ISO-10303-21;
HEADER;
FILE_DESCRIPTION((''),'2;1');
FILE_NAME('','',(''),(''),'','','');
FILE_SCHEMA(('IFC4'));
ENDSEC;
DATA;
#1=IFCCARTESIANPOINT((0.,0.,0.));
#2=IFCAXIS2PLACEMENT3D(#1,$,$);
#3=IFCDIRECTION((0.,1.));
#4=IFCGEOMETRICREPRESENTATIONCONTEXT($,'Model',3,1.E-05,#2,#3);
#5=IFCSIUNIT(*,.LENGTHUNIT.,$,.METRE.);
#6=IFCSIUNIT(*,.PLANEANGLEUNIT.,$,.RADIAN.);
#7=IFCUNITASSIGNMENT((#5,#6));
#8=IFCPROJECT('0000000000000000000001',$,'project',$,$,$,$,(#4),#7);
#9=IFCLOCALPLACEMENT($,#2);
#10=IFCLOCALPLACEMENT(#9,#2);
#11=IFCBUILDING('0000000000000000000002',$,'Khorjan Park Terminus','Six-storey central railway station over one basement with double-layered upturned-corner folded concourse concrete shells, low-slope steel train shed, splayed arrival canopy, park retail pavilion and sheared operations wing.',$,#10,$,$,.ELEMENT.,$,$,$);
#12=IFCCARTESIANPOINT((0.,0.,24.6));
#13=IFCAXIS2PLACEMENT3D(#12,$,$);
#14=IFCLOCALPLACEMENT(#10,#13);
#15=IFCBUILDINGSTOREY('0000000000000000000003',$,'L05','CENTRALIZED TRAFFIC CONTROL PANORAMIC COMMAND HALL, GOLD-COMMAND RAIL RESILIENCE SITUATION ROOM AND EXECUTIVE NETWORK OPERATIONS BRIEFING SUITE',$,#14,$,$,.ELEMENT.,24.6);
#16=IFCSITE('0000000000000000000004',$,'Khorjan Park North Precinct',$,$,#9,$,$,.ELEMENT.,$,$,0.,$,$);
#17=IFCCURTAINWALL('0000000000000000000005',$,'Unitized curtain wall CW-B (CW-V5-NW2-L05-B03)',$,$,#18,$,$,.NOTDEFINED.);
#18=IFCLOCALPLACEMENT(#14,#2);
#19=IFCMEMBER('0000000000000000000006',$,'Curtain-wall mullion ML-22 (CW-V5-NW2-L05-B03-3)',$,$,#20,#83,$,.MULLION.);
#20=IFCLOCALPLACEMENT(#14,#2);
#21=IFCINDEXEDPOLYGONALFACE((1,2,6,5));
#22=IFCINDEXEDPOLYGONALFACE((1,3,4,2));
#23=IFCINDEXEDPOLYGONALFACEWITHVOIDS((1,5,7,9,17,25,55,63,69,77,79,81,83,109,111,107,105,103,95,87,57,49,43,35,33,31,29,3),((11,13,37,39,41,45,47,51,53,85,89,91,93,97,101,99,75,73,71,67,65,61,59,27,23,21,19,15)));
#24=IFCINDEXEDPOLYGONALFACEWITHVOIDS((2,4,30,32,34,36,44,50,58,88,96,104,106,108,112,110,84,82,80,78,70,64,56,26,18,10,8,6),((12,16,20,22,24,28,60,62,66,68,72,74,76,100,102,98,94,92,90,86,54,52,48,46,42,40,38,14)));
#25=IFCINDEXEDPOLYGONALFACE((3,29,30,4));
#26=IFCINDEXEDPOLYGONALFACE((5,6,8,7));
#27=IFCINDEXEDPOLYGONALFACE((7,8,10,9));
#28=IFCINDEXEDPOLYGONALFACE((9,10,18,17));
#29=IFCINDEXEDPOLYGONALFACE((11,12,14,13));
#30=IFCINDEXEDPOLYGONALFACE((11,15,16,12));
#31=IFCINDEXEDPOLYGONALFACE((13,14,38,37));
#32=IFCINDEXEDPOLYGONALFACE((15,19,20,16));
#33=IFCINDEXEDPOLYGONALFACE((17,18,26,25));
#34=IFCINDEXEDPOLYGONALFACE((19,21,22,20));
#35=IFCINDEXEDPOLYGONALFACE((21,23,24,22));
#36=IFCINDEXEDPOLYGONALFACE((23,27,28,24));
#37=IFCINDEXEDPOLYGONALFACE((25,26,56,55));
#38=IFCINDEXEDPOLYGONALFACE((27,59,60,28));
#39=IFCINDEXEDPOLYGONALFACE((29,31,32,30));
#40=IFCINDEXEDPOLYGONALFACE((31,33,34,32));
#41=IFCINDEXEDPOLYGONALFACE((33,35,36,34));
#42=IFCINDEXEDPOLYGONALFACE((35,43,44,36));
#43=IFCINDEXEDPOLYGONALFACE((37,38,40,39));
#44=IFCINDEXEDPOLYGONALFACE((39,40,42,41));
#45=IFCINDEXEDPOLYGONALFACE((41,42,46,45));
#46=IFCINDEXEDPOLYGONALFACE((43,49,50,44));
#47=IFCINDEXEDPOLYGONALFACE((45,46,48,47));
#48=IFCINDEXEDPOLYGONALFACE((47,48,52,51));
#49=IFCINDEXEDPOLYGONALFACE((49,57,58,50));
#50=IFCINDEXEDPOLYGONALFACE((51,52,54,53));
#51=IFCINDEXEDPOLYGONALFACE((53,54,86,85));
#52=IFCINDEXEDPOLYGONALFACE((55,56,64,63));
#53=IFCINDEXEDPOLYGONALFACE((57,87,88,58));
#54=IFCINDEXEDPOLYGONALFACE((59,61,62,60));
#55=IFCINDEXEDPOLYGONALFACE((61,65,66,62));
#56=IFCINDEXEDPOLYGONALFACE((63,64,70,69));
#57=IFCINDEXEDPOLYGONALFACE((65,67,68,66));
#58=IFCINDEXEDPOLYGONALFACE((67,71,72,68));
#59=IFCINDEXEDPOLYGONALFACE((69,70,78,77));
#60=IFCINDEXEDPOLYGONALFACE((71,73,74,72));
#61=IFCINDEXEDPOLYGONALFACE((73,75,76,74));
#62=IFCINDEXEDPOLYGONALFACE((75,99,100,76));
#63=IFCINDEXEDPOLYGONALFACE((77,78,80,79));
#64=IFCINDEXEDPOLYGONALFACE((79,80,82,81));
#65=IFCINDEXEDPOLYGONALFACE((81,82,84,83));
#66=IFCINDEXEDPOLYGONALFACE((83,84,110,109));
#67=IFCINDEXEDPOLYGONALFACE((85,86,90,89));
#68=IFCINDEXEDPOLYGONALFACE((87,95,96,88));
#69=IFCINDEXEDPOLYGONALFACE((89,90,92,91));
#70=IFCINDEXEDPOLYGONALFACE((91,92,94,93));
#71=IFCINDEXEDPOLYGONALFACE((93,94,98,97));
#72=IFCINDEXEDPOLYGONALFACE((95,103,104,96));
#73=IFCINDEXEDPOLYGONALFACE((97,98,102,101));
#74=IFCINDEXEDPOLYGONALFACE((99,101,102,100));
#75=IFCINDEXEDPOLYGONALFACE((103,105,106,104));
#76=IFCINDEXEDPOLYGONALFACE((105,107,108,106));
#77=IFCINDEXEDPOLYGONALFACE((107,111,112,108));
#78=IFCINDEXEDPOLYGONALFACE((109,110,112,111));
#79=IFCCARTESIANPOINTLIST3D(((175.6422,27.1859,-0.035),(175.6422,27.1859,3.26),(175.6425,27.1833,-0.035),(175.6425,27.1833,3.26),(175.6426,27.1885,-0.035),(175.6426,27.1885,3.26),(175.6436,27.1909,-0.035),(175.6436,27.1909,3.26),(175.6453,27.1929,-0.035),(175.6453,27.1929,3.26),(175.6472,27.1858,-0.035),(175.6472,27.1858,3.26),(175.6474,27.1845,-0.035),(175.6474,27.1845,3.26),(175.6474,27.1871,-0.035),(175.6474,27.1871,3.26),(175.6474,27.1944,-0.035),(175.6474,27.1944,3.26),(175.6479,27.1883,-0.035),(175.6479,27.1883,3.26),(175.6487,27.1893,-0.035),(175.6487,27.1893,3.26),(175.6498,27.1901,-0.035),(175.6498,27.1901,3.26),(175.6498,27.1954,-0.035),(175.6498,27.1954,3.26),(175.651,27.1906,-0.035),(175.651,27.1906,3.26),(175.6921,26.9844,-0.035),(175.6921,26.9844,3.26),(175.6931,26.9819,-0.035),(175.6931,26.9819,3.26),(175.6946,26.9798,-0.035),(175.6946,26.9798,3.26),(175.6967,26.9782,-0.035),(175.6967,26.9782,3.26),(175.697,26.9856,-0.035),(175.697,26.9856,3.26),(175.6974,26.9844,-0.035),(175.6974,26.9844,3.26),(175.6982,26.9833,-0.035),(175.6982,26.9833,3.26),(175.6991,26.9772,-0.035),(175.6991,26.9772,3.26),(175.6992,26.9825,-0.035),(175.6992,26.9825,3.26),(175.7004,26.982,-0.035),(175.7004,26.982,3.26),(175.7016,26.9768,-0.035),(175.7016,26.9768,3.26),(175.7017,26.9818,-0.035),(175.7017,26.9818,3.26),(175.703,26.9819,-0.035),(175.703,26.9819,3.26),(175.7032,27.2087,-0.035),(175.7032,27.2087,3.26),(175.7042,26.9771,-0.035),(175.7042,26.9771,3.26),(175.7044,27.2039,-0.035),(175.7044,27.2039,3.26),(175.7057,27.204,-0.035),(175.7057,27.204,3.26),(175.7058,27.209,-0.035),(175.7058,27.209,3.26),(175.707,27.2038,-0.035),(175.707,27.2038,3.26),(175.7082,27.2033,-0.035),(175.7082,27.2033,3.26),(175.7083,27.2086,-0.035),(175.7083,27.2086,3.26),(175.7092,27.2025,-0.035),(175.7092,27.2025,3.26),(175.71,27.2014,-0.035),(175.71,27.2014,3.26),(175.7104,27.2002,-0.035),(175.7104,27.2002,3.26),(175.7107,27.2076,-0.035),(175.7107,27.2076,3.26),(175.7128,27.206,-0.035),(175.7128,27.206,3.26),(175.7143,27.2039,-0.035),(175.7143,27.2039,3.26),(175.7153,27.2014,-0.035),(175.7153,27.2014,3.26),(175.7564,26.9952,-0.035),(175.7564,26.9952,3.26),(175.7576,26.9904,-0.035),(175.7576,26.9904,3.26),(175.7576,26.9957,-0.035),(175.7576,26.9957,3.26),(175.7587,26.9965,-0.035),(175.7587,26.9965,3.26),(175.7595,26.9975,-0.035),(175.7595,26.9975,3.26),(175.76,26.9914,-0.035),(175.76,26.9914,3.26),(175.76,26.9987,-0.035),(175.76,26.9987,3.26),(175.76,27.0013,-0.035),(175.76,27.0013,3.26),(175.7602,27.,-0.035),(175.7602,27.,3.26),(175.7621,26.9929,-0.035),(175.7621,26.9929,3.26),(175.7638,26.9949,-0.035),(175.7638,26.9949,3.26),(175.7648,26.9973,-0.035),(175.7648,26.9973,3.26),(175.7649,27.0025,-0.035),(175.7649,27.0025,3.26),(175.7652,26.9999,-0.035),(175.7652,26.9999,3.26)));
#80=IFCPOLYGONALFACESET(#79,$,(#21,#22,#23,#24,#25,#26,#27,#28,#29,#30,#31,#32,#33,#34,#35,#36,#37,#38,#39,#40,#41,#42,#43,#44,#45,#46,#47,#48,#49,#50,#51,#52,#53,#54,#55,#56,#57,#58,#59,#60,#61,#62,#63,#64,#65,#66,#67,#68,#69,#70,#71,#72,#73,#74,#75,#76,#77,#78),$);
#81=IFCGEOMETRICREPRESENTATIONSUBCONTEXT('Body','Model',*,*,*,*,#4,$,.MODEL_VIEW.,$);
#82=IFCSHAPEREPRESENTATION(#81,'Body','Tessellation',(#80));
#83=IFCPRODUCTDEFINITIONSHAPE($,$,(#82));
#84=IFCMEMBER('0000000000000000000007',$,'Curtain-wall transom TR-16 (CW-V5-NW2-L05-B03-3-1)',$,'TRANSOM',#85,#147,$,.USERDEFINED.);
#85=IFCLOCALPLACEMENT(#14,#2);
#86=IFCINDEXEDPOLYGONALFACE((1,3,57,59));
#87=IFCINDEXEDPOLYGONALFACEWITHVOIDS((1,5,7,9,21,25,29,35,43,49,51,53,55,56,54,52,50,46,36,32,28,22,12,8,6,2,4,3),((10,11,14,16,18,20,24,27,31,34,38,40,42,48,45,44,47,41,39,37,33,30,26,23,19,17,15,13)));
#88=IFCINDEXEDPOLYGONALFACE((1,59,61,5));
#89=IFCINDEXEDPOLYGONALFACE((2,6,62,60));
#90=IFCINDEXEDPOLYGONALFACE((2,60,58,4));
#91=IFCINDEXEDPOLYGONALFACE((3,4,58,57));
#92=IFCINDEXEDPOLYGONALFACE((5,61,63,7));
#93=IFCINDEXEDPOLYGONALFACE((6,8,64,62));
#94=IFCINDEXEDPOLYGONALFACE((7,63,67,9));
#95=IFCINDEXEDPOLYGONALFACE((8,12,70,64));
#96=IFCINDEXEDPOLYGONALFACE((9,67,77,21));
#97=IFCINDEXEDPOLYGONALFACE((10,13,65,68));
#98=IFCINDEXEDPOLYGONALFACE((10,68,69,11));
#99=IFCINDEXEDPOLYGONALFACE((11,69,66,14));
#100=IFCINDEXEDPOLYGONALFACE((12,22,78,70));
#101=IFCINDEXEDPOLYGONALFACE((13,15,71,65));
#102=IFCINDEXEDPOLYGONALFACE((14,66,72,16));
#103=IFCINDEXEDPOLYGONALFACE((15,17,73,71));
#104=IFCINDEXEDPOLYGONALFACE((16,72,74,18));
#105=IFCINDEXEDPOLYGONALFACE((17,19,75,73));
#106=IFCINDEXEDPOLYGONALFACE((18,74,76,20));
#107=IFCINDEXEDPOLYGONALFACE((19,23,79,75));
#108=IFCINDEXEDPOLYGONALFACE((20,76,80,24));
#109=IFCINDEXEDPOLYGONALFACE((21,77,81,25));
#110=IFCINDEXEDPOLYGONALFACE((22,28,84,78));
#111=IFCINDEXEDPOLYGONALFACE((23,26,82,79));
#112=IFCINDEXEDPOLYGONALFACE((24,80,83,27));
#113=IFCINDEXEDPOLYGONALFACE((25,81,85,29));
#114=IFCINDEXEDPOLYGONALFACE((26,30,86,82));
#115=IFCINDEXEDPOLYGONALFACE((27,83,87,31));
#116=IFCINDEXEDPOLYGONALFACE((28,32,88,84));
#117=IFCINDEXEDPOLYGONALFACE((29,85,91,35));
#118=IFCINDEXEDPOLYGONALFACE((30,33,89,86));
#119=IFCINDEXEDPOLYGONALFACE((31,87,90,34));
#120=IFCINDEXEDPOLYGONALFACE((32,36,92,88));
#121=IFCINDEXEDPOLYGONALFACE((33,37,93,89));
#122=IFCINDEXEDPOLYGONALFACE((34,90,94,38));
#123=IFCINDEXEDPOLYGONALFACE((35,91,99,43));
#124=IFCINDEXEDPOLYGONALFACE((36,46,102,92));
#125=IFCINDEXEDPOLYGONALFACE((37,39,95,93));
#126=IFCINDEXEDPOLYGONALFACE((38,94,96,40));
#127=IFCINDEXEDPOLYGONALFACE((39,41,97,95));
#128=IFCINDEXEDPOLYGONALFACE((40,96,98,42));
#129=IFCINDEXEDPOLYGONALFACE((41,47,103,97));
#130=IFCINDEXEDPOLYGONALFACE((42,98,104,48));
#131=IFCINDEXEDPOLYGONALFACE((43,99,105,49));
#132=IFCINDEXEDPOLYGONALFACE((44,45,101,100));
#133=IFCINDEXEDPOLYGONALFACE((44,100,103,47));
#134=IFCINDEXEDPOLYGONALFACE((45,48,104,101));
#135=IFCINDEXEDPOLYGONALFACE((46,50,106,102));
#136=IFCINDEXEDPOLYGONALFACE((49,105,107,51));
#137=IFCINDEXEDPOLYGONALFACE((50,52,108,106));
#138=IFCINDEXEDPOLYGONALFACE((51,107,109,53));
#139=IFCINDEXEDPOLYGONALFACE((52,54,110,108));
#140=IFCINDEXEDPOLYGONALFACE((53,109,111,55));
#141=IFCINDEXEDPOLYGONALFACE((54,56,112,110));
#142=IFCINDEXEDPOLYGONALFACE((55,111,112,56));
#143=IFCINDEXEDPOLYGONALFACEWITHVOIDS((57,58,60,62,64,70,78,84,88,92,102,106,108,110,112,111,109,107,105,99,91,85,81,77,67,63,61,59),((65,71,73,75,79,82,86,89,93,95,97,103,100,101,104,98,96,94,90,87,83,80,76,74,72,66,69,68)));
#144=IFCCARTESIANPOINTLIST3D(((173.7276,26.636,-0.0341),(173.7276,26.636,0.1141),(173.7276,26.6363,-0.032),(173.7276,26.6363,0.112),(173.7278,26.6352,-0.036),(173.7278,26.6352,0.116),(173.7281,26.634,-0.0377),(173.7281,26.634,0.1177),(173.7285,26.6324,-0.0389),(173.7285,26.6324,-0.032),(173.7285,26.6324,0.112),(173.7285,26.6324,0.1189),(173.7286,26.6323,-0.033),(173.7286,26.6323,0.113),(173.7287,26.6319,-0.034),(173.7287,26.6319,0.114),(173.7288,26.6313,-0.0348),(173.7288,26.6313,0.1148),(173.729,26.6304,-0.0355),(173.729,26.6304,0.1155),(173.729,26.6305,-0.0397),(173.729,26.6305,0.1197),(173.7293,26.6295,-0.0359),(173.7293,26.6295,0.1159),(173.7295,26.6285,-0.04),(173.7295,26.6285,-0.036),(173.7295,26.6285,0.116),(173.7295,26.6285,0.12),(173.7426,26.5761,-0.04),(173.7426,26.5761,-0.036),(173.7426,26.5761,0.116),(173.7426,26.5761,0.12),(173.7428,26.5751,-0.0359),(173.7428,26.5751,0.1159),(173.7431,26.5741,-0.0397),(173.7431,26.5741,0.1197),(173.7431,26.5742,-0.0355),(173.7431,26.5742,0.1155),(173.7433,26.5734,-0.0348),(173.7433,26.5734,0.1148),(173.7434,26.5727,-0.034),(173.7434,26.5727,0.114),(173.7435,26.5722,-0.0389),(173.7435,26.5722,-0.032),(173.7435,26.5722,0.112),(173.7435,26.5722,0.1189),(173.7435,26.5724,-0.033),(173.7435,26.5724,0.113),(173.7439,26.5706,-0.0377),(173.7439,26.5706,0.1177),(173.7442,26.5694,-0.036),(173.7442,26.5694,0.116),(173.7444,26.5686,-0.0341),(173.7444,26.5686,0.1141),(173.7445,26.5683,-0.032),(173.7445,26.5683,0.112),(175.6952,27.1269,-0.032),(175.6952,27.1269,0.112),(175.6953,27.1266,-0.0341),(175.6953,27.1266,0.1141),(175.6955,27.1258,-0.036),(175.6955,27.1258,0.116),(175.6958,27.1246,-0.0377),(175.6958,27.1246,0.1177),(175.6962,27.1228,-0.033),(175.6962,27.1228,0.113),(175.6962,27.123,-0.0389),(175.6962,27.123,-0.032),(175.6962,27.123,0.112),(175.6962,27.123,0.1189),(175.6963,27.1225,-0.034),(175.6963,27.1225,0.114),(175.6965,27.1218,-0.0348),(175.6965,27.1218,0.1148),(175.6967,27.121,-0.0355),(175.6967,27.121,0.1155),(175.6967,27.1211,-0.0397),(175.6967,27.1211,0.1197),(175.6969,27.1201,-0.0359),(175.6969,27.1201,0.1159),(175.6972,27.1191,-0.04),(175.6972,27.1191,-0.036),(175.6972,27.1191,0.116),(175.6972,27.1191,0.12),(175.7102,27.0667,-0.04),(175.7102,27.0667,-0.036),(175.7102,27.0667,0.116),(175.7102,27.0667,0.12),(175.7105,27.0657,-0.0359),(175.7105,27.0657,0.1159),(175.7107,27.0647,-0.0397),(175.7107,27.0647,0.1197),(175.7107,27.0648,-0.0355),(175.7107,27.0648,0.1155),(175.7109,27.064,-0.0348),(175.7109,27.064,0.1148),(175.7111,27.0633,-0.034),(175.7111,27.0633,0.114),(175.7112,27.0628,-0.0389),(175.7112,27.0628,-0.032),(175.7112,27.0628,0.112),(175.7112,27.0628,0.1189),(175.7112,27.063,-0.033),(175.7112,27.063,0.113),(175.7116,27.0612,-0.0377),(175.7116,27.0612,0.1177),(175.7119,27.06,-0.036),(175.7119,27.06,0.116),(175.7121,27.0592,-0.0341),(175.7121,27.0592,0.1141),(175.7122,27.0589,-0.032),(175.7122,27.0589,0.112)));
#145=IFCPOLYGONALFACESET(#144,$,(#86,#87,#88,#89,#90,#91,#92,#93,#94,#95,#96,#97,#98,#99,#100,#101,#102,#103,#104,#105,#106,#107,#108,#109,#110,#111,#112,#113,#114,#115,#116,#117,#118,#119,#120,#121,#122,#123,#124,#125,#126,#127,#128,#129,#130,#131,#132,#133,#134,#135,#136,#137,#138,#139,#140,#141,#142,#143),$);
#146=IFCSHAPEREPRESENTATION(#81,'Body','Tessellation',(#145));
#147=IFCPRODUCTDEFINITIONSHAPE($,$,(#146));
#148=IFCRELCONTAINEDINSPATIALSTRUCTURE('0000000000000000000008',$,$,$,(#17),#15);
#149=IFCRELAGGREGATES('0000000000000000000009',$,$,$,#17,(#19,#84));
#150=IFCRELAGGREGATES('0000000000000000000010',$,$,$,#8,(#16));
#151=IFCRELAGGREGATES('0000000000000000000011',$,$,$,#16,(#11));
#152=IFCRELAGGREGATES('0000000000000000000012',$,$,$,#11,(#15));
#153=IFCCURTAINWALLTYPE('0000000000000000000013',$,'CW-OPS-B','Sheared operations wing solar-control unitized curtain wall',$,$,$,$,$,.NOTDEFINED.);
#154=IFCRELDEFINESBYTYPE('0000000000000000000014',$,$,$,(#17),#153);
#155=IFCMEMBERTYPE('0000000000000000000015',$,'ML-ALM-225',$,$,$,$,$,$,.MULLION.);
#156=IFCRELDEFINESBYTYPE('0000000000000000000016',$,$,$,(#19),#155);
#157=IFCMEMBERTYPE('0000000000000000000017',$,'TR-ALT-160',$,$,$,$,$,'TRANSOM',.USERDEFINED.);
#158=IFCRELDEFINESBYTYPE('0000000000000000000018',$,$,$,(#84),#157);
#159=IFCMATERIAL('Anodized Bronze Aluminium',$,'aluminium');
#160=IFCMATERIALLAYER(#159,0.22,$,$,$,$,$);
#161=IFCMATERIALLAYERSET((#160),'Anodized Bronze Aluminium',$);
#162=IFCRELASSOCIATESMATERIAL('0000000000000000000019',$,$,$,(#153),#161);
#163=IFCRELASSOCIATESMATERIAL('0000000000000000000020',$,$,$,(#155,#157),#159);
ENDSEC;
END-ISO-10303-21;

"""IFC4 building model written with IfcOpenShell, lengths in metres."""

from ifc_helpers import new_model, si_unit, direction, frame, origin, origin_2d, place, context, subcontext, project, spatial, hollow_rectangle, extrude, material, layer, layer_set, material_profile, profile_set, type_object, element, aggregate, save


model = new_model("IFC4")

# Units and contexts
model_context = context("Model", 3, precision=1e-05, world=origin(), true_north=direction((0.0, 1.0)))
body_context = subcontext(model_context, "Body", "Model", "MODEL_VIEW")
ifc_project = project(units=[si_unit("LENGTHUNIT", "METRE"), si_unit("PLANEANGLEUNIT", "RADIAN")], contexts=[model_context])

# Site, building, storey
site_placement = place(None, origin())
site = spatial("IfcSite", under=ifc_project, at=site_placement, Name="Khorjan Park North Precinct", CompositionType="ELEMENT", RefElevation=0.0)
building_placement = place(site_placement, origin())
building = spatial("IfcBuilding", under=site, at=building_placement, Name="Khorjan Park Terminus", Description="Six-storey central railway station over one basement with double-layered upturned-corner folded concourse concrete shells, low-slope steel train shed, splayed arrival canopy, park retail pavilion and sheared operations wing.", CompositionType="ELEMENT")
storey_placement = place(building_placement, frame((0.0, 0.0, 24.6)))
storey = spatial("IfcBuildingStorey", under=building, at=storey_placement, Name="L05", Description="CENTRALIZED TRAFFIC CONTROL PANORAMIC COMMAND HALL, GOLD-COMMAND RAIL RESILIENCE SITUATION ROOM AND EXECUTIVE NETWORK OPERATIONS BRIEFING SUITE", CompositionType="ELEMENT", Elevation=24.6)

# Curtain wall, members
ifc_material_1 = material(Name="Anodized Bronze Aluminium", Category="aluminium")
ifc_layer_1 = layer(ifc_material_1, 0.22)
ifc_layer_set_1 = layer_set([ifc_layer_1], Name="Anodized Bronze Aluminium")
curtain_wall_type = type_object("IfcCurtainWallType", Name="CW-OPS-B", Description="Sheared operations wing solar-control unitized curtain wall", PredefinedType="NOTDEFINED", material=ifc_layer_set_1)
curtain_wall_placement = place(storey_placement, origin())
curtain_wall = element("IfcCurtainWall", 1, at=curtain_wall_placement, inside=storey, type_object=curtain_wall_type, Name="Unitized curtain wall CW-B (CW-V5-NW2-L05-B03)", PredefinedType="NOTDEFINED")
ifc_material_profile_1 = material_profile(ifc_material_1, hollow_rectangle(XDim=0.075, YDim=0.225, WallThickness=0.005, InnerFilletRadius=0.005, OuterFilletRadius=0.01, at=origin_2d()), Name="ALM 75x225x5")
ifc_profile_set_1 = profile_set([ifc_material_profile_1], Name="Anodized Bronze Aluminium")
member_type_1 = type_object("IfcMemberType", Name="ML-ALM-225", PredefinedType="MULLION", material=ifc_profile_set_1)
member_1_placement = place(storey_placement, frame((175.7037, 27.0929, -0.035), z_axis=(0.0, 0.0, 1.0), x_axis=(-0.970296, -0.241921, 0.0)))
member_1 = element("IfcMember", 2, at=member_1_placement, type_object=member_type_1, Name="Curtain-wall mullion ML-22 (CW-V5-NW2-L05-B03-3)", PredefinedType="MULLION", context=body_context, shape_type="SweptSolid", body=[
    extrude(hollow_rectangle(XDim=0.075, YDim=0.225, WallThickness=0.005, InnerFilletRadius=0.005, OuterFilletRadius=0.01, at=origin_2d()), origin(), (0.0, 0.0, 1.0), 3.295),
])
ifc_material_profile_2 = material_profile(ifc_material_1, hollow_rectangle(XDim=0.07, YDim=0.16, WallThickness=0.004, InnerFilletRadius=0.004, OuterFilletRadius=0.008, at=origin_2d()), Name="ALT 70x160x4")
ifc_profile_set_2 = profile_set([ifc_material_profile_2], Name="Anodized Bronze Aluminium")
member_type_2 = type_object("IfcMemberType", Name="TR-ALT-160", ElementType="TRANSOM", PredefinedType="USERDEFINED", material=ifc_profile_set_2)
member_2_placement = place(storey_placement, frame((175.7037, 27.0929, 0.04), z_axis=(-0.970296, -0.241921, 0.0), x_axis=(0.241921, -0.970296, 0.0)))
member_2 = element("IfcMember", 3, at=member_2_placement, type_object=member_type_2, Name="Curtain-wall transom TR-16 (CW-V5-NW2-L05-B03-3-1)", ObjectType="TRANSOM", PredefinedType="USERDEFINED", context=body_context, shape_type="SweptSolid", body=[
    extrude(hollow_rectangle(XDim=0.07, YDim=0.16, WallThickness=0.004, InnerFilletRadius=0.004, OuterFilletRadius=0.008, at=origin_2d()), origin(), (0.0, 0.0, 1.0), 2.0279),
])
aggregate(curtain_wall, [member_1, member_2])

save(model, "model.ifc")
